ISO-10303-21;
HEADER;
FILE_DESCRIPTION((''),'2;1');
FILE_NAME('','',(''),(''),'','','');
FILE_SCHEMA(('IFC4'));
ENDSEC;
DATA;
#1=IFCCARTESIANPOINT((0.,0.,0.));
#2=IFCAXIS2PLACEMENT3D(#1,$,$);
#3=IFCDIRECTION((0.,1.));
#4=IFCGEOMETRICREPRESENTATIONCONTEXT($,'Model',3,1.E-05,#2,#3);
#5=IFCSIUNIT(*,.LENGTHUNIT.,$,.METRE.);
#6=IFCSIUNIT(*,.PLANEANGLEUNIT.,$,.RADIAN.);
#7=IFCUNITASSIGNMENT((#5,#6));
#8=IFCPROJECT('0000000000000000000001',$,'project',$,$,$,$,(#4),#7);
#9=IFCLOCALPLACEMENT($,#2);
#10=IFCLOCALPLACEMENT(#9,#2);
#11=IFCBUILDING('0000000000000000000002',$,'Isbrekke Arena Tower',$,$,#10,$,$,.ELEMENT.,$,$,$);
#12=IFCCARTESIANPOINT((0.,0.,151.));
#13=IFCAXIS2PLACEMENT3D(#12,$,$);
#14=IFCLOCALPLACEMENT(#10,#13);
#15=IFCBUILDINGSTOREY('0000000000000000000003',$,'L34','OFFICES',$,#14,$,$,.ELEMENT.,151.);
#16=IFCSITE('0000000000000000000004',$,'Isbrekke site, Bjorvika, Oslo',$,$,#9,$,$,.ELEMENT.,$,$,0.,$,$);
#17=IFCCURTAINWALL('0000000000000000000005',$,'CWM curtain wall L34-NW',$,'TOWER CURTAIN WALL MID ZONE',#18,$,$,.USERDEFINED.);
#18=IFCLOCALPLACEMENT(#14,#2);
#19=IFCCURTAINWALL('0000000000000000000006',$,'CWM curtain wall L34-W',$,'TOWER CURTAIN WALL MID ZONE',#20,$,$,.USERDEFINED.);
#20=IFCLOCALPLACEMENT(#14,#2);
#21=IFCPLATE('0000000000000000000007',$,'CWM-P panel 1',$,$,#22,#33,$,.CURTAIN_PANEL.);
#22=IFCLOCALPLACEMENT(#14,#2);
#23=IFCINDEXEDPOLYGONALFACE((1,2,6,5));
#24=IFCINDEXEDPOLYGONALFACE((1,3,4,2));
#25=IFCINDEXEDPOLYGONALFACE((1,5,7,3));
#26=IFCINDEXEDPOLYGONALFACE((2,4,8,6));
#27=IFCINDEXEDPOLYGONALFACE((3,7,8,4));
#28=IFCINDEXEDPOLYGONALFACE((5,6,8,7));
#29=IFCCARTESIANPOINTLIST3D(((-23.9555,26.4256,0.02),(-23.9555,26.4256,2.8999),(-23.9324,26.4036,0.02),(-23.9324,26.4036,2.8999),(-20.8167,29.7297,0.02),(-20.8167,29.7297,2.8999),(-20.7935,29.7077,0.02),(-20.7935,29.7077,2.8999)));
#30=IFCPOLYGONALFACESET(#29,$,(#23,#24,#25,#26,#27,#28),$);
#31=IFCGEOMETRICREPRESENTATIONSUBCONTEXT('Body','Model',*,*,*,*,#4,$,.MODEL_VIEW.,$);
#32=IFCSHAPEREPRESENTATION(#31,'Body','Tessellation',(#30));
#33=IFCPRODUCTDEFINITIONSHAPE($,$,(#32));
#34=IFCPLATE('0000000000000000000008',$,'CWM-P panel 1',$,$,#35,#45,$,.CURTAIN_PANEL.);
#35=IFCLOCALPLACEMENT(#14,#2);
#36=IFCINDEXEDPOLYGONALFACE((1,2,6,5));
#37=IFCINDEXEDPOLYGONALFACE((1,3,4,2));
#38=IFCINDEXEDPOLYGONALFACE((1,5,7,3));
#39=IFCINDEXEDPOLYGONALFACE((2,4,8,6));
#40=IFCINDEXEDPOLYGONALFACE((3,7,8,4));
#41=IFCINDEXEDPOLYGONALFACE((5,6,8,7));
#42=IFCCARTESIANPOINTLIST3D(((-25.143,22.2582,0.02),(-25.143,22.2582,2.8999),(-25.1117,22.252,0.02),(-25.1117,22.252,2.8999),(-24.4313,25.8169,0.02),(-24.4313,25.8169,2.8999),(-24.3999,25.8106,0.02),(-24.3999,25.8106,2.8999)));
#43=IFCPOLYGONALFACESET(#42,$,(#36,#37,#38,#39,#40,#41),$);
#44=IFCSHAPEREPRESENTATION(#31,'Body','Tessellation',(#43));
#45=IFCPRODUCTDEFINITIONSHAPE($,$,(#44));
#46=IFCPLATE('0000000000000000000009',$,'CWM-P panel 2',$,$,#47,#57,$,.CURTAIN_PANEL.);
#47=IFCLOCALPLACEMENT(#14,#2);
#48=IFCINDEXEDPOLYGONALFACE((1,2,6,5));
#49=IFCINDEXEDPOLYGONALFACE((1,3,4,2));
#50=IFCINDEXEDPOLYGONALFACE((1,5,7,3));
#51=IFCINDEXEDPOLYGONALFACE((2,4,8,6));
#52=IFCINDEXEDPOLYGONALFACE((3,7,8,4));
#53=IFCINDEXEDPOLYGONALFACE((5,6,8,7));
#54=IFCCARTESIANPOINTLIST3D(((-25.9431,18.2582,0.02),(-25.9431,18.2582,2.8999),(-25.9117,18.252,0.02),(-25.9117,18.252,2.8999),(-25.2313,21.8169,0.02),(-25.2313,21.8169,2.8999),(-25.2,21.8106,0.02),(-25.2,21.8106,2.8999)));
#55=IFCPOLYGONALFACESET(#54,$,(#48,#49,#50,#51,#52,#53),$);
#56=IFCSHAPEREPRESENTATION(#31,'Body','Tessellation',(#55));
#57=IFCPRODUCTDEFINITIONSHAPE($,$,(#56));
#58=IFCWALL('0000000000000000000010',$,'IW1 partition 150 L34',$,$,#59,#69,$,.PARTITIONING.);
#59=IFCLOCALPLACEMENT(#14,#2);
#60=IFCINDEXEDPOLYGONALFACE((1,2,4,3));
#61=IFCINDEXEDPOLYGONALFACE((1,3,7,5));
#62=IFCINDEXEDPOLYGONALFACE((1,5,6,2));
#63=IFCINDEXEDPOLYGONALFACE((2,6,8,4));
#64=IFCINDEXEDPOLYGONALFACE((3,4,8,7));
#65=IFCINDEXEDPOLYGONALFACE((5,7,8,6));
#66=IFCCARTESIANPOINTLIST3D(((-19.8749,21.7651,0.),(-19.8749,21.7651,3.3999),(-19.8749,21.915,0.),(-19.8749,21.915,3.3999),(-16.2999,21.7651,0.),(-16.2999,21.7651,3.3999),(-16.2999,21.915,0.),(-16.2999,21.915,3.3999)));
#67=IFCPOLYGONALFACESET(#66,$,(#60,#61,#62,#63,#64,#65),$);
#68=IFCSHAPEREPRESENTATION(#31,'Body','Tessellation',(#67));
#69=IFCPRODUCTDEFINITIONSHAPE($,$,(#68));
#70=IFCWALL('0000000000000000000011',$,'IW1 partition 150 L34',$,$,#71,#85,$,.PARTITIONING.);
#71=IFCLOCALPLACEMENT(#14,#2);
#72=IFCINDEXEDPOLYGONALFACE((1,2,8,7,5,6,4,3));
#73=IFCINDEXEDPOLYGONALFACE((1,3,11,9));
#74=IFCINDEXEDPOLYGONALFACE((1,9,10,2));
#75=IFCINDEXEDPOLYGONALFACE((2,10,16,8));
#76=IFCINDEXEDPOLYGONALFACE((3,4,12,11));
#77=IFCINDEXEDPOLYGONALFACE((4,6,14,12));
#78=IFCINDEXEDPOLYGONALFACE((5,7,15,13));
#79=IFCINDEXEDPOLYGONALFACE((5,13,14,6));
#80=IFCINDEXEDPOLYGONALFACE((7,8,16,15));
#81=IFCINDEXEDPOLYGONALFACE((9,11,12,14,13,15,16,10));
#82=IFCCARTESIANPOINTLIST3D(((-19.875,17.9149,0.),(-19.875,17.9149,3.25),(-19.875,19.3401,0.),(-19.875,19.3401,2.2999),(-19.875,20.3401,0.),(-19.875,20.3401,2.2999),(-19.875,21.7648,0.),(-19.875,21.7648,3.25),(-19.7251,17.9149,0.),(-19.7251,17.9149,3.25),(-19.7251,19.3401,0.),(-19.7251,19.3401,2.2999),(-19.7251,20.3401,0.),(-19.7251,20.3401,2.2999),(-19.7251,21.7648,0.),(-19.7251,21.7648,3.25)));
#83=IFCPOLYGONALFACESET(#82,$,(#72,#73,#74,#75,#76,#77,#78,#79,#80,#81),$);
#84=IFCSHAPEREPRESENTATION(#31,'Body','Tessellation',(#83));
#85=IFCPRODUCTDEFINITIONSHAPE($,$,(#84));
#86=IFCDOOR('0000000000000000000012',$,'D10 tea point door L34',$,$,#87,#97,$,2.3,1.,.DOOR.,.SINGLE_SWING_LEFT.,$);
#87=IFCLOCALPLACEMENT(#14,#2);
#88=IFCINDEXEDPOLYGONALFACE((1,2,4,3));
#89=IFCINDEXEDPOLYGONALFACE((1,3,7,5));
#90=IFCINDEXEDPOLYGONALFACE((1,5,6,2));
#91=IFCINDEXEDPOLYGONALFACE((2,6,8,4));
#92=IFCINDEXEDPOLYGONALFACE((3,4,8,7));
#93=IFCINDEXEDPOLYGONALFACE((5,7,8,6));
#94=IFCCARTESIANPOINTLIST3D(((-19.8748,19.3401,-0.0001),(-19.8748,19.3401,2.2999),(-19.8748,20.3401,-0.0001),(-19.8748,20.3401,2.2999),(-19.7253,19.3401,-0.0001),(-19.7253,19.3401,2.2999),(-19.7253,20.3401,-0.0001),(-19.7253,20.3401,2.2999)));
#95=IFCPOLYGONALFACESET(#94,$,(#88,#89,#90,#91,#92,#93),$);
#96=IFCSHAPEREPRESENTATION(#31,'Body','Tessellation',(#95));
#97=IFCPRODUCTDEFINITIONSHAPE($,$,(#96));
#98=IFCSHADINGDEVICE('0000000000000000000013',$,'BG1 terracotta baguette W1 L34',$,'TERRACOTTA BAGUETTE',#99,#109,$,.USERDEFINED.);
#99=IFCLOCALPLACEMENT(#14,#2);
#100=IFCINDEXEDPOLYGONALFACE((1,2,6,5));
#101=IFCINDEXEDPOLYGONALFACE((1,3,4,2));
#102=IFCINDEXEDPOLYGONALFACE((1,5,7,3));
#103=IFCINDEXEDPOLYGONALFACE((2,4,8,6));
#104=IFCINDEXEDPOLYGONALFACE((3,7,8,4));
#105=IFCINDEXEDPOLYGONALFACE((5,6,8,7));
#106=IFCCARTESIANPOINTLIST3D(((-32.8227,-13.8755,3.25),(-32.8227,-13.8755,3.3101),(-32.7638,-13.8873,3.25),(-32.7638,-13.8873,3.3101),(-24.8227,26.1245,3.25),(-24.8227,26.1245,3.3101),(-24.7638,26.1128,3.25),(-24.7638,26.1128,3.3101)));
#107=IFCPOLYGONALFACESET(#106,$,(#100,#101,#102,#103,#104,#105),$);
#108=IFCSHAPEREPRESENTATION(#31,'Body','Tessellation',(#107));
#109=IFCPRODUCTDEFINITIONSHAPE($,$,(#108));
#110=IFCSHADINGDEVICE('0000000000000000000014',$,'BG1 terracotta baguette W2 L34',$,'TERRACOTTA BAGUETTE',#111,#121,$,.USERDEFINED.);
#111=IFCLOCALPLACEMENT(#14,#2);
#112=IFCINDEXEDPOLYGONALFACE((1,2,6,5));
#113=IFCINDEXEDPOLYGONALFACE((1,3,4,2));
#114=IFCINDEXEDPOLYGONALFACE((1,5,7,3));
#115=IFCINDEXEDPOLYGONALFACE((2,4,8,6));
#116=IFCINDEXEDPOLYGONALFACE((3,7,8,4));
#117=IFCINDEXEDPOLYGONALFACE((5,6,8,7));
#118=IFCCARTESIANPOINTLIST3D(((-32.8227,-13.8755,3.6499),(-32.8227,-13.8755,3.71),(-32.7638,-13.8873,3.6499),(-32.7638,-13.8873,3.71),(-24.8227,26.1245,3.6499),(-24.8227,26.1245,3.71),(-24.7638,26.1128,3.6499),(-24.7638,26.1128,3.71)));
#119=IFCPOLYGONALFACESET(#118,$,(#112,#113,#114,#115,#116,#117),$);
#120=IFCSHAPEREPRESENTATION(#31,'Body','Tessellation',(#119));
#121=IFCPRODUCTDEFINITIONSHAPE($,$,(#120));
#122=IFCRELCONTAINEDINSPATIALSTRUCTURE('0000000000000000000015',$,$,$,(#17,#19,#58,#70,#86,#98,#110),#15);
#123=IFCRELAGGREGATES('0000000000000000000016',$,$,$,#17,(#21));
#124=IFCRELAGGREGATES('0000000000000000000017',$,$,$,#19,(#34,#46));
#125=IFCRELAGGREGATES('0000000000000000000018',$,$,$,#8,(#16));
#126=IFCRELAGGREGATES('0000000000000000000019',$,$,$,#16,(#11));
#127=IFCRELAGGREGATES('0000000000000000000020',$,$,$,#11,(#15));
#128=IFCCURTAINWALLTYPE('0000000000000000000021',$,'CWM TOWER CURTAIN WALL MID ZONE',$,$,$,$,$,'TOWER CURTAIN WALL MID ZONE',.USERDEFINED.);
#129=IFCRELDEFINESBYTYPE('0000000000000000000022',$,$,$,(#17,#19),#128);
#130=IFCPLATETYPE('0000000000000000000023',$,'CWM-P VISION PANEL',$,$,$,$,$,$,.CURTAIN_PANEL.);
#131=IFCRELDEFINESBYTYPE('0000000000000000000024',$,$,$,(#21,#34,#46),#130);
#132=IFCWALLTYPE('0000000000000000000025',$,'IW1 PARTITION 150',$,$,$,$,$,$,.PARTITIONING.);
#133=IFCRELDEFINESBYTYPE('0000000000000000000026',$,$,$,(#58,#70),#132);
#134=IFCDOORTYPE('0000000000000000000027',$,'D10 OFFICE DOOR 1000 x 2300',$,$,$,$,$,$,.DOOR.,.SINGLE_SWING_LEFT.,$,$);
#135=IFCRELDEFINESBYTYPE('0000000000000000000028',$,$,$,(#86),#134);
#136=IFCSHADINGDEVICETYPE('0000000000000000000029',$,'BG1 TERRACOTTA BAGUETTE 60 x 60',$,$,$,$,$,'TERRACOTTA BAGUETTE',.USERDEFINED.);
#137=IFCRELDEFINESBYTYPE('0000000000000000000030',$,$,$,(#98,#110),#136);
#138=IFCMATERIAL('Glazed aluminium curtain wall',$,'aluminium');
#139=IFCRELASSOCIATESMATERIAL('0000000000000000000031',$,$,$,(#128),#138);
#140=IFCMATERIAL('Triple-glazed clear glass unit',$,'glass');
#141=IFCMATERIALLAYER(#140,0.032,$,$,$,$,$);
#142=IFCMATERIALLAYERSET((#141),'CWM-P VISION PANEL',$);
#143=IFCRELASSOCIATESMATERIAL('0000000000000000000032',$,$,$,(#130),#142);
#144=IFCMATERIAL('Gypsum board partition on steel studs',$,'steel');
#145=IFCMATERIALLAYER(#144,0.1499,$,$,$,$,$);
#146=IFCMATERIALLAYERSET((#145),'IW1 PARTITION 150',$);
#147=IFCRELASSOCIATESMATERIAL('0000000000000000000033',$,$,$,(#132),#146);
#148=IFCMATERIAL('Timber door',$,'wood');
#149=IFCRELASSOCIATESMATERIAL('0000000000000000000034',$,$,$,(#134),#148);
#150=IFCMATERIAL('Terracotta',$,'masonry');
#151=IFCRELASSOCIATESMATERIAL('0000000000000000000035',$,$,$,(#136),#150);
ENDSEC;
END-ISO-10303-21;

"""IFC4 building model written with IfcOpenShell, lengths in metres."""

from ifc_helpers import new_model, si_unit, direction, frame, frame_2d, origin, origin_2d, place, context, subcontext, project, spatial, rectangle, extrude, material, layer, layer_set, material_profile, profile_set, type_object, element, fill, aggregate, save


model = new_model("IFC4")

# Units and contexts
model_context = context("Model", 3, precision=1e-05, world=origin(), true_north=direction((0.0, 1.0)))
body_context = subcontext(model_context, "Body", "Model", "MODEL_VIEW")
ifc_project = project(units=[si_unit("LENGTHUNIT", "METRE"), si_unit("PLANEANGLEUNIT", "RADIAN")], contexts=[model_context])

# Site, building, storey
site_placement = place(None, origin())
site = spatial("IfcSite", under=ifc_project, at=site_placement, Name="Isbrekke site, Bjorvika, Oslo", CompositionType="ELEMENT", RefElevation=0.0)
building_placement = place(site_placement, origin())
building = spatial("IfcBuilding", under=site, at=building_placement, Name="Isbrekke Arena Tower", CompositionType="ELEMENT")
storey_placement = place(building_placement, frame((0.0, 0.0, 151.0)))
storey = spatial("IfcBuildingStorey", under=building, at=storey_placement, Name="L34", Description="OFFICES", CompositionType="ELEMENT", Elevation=151.0)

# Shared definitions
ifc_material_1 = material(Name="Glazed aluminium curtain wall", Category="aluminium")
curtain_wall_type = type_object("IfcCurtainWallType", Name="CWM TOWER CURTAIN WALL MID ZONE", ElementType="TOWER CURTAIN WALL MID ZONE", PredefinedType="USERDEFINED", material=ifc_material_1)

# Curtain walls
curtain_wall_1_placement = place(storey_placement, origin())
curtain_wall_1 = element("IfcCurtainWall", 1, at=curtain_wall_1_placement, inside=storey, type_object=curtain_wall_type, Name="CWM curtain wall L34-NW", ObjectType="TOWER CURTAIN WALL MID ZONE", PredefinedType="USERDEFINED")
curtain_wall_2_placement = place(storey_placement, origin())
curtain_wall_2 = element("IfcCurtainWall", 2, at=curtain_wall_2_placement, inside=storey, type_object=curtain_wall_type, Name="CWM curtain wall L34-W", ObjectType="TOWER CURTAIN WALL MID ZONE", PredefinedType="USERDEFINED")

# Plates
ifc_material_2 = material(Name="Triple-glazed clear glass unit", Category="glass")
ifc_layer_1 = layer(ifc_material_2, 0.032)
ifc_layer_set_1 = layer_set([ifc_layer_1], Name="CWM-P VISION PANEL")
plate_type = type_object("IfcPlateType", Name="CWM-P VISION PANEL", PredefinedType="CURTAIN_PANEL", material=ifc_layer_set_1)
plate_1_placement = place(storey_placement, frame((-22.3745, 28.0667, 0.02), z_axis=(0.0, 0.0, 1.0), x_axis=(-0.688749, -0.724999, 0.0)))
plate_1 = element("IfcPlate", 3, at=plate_1_placement, type_object=plate_type, Name="CWM-P panel 1", PredefinedType="CURTAIN_PANEL", context=body_context, shape_type="SweptSolid", body=[
    extrude(rectangle(XDim=4.5574, YDim=0.032, at=origin_2d()), origin(), (0.0, 0.0, 1.0), 2.8799),
])
aggregate(curtain_wall_1, [plate_1])
plate_2_placement = place(storey_placement, frame((-24.7715, 24.0344, 0.02), z_axis=(0.0, 0.0, 1.0), x_axis=(-0.196116, -0.980581, 0.0)))
plate_2 = element("IfcPlate", 4, at=plate_2_placement, type_object=plate_type, Name="CWM-P panel 1", PredefinedType="CURTAIN_PANEL", context=body_context, shape_type="SweptSolid", body=[
    extrude(rectangle(XDim=3.6292, YDim=0.032, at=origin_2d()), origin(), (0.0, 0.0, 1.0), 2.8799),
])
plate_3_placement = place(storey_placement, frame((-25.5715, 20.0344, 0.02), z_axis=(0.0, 0.0, 1.0), x_axis=(-0.196116, -0.980581, 0.0)))
plate_3 = element("IfcPlate", 5, at=plate_3_placement, type_object=plate_type, Name="CWM-P panel 2", PredefinedType="CURTAIN_PANEL", context=body_context, shape_type="SweptSolid", body=[
    extrude(rectangle(XDim=3.6292, YDim=0.032, at=origin_2d()), origin(), (0.0, 0.0, 1.0), 2.8799),
])
aggregate(curtain_wall_2, [plate_2, plate_3])

# Wall
ifc_material_3 = material(Name="Gypsum board partition on steel studs", Category="steel")
ifc_layer_2 = layer(ifc_material_3, 0.1499)
ifc_layer_set_2 = layer_set([ifc_layer_2], Name="IW1 PARTITION 150")
wall_type = type_object("IfcWallType", Name="IW1 PARTITION 150", PredefinedType="PARTITIONING", material=ifc_layer_set_2)
wall_1_placement = place(storey_placement, frame((-19.875, 21.8401, 0.0), z_axis=(0.0, 0.0, 1.0), x_axis=(1.0, 0.0, 0.0)))
element("IfcWall", 6, at=wall_1_placement, inside=storey, type_object=wall_type, Name="IW1 partition 150 L34", PredefinedType="PARTITIONING", context=body_context, shape_type="SweptSolid", body=[
    extrude(rectangle(XDim=3.575, YDim=0.1499, at=frame_2d((1.7876, 0.0))), origin(), (0.0, 0.0, 1.0), 3.3999),
])

# Wall, opening, door
wall_2_placement = place(storey_placement, frame((-19.8, 17.915, 0.0), z_axis=(0.0, 0.0, 1.0), x_axis=(0.0, 1.0, 0.0)))
wall_2 = element("IfcWall", 7, at=wall_2_placement, inside=storey, type_object=wall_type, Name="IW1 partition 150 L34", PredefinedType="PARTITIONING", context=body_context, shape_type="SweptSolid", body=[
    extrude(rectangle(XDim=3.8499, YDim=0.1499, at=frame_2d((1.9248, 0.0))), origin(), (0.0, 0.0, 1.0), 3.25),
])
opening_placement = place(wall_2_placement, frame((1.425, 0.0, 0.0)))
opening = element("IfcOpeningElement", 8, at=opening_placement, cuts=wall_2, PredefinedType="OPENING", context=body_context, shape_type="SweptSolid", body=[
    extrude(rectangle(XDim=1.0, YDim=2.3, at=frame_2d((0.5, 1.1499))), frame((0.0, 0.0898, 0.0), z_axis=(0.0, -1.0, 0.0), x_axis=(1.0, 0.0, 0.0)), (0.0, 0.0, 1.0), 0.1797),
])
ifc_material_4 = material(Name="Timber door", Category="wood")
door_type = type_object("IfcDoorType", Name="D10 OFFICE DOOR 1000 x 2300", OperationType="SINGLE_SWING_LEFT", PredefinedType="DOOR", material=ifc_material_4)
door_placement = place(opening_placement, origin())
door = element("IfcDoor", 9, at=door_placement, inside=storey, type_object=door_type, Name="D10 tea point door L34", OperationType="SINGLE_SWING_LEFT", OverallHeight=2.3, OverallWidth=1.0, PredefinedType="DOOR", context=body_context, shape_type="SweptSolid", body=[
    extrude(rectangle(XDim=1.0, YDim=2.3, at=frame_2d((0.5, 1.1499))), frame((0.0, 0.0747, 0.0), z_axis=(0.0, -1.0, 0.0), x_axis=(1.0, 0.0, 0.0)), (0.0, 0.0, 1.0), 0.1494),
])
fill(opening, door)

# Shading devices
ifc_material_5 = material(Name="Terracotta", Category="masonry")
ifc_material_profile_1 = material_profile(ifc_material_5, rectangle(XDim=0.0601, YDim=0.0601, at=origin_2d()), Name="BAGUETTE 60X60")
ifc_profile_set_1 = profile_set([ifc_material_profile_1], Name="Terracotta")
shading_device_type = type_object("IfcShadingDeviceType", Name="BG1 TERRACOTTA BAGUETTE 60 x 60", ElementType="TERRACOTTA BAGUETTE", PredefinedType="USERDEFINED", material=ifc_profile_set_1)
for number, where, z_axis, x_axis, name in (
    (10, (-24.7932, 26.1187, 3.28), (-0.196116, -0.980581, 0.0), (0.980581, -0.196116, 0.0), "BG1 terracotta baguette W1 L34"),
    (11, (-24.7932, 26.1187, 3.6799), (-0.196116, -0.980581, 0.0), (0.980581, -0.196116, 0.0), "BG1 terracotta baguette W2 L34"),
):
    element("IfcShadingDevice", number, at=place(storey_placement, frame(where, z_axis=z_axis, x_axis=x_axis)), inside=storey, type_object=shading_device_type, Name=name, ObjectType="TERRACOTTA BAGUETTE", PredefinedType="USERDEFINED", context=body_context, shape_type="SweptSolid", body=[
        extrude(rectangle(XDim=0.0601, YDim=0.0601, at=origin_2d()), origin(), (0.0, 0.0, 1.0), 40.7922),
    ])

save(model, "model.ifc")
